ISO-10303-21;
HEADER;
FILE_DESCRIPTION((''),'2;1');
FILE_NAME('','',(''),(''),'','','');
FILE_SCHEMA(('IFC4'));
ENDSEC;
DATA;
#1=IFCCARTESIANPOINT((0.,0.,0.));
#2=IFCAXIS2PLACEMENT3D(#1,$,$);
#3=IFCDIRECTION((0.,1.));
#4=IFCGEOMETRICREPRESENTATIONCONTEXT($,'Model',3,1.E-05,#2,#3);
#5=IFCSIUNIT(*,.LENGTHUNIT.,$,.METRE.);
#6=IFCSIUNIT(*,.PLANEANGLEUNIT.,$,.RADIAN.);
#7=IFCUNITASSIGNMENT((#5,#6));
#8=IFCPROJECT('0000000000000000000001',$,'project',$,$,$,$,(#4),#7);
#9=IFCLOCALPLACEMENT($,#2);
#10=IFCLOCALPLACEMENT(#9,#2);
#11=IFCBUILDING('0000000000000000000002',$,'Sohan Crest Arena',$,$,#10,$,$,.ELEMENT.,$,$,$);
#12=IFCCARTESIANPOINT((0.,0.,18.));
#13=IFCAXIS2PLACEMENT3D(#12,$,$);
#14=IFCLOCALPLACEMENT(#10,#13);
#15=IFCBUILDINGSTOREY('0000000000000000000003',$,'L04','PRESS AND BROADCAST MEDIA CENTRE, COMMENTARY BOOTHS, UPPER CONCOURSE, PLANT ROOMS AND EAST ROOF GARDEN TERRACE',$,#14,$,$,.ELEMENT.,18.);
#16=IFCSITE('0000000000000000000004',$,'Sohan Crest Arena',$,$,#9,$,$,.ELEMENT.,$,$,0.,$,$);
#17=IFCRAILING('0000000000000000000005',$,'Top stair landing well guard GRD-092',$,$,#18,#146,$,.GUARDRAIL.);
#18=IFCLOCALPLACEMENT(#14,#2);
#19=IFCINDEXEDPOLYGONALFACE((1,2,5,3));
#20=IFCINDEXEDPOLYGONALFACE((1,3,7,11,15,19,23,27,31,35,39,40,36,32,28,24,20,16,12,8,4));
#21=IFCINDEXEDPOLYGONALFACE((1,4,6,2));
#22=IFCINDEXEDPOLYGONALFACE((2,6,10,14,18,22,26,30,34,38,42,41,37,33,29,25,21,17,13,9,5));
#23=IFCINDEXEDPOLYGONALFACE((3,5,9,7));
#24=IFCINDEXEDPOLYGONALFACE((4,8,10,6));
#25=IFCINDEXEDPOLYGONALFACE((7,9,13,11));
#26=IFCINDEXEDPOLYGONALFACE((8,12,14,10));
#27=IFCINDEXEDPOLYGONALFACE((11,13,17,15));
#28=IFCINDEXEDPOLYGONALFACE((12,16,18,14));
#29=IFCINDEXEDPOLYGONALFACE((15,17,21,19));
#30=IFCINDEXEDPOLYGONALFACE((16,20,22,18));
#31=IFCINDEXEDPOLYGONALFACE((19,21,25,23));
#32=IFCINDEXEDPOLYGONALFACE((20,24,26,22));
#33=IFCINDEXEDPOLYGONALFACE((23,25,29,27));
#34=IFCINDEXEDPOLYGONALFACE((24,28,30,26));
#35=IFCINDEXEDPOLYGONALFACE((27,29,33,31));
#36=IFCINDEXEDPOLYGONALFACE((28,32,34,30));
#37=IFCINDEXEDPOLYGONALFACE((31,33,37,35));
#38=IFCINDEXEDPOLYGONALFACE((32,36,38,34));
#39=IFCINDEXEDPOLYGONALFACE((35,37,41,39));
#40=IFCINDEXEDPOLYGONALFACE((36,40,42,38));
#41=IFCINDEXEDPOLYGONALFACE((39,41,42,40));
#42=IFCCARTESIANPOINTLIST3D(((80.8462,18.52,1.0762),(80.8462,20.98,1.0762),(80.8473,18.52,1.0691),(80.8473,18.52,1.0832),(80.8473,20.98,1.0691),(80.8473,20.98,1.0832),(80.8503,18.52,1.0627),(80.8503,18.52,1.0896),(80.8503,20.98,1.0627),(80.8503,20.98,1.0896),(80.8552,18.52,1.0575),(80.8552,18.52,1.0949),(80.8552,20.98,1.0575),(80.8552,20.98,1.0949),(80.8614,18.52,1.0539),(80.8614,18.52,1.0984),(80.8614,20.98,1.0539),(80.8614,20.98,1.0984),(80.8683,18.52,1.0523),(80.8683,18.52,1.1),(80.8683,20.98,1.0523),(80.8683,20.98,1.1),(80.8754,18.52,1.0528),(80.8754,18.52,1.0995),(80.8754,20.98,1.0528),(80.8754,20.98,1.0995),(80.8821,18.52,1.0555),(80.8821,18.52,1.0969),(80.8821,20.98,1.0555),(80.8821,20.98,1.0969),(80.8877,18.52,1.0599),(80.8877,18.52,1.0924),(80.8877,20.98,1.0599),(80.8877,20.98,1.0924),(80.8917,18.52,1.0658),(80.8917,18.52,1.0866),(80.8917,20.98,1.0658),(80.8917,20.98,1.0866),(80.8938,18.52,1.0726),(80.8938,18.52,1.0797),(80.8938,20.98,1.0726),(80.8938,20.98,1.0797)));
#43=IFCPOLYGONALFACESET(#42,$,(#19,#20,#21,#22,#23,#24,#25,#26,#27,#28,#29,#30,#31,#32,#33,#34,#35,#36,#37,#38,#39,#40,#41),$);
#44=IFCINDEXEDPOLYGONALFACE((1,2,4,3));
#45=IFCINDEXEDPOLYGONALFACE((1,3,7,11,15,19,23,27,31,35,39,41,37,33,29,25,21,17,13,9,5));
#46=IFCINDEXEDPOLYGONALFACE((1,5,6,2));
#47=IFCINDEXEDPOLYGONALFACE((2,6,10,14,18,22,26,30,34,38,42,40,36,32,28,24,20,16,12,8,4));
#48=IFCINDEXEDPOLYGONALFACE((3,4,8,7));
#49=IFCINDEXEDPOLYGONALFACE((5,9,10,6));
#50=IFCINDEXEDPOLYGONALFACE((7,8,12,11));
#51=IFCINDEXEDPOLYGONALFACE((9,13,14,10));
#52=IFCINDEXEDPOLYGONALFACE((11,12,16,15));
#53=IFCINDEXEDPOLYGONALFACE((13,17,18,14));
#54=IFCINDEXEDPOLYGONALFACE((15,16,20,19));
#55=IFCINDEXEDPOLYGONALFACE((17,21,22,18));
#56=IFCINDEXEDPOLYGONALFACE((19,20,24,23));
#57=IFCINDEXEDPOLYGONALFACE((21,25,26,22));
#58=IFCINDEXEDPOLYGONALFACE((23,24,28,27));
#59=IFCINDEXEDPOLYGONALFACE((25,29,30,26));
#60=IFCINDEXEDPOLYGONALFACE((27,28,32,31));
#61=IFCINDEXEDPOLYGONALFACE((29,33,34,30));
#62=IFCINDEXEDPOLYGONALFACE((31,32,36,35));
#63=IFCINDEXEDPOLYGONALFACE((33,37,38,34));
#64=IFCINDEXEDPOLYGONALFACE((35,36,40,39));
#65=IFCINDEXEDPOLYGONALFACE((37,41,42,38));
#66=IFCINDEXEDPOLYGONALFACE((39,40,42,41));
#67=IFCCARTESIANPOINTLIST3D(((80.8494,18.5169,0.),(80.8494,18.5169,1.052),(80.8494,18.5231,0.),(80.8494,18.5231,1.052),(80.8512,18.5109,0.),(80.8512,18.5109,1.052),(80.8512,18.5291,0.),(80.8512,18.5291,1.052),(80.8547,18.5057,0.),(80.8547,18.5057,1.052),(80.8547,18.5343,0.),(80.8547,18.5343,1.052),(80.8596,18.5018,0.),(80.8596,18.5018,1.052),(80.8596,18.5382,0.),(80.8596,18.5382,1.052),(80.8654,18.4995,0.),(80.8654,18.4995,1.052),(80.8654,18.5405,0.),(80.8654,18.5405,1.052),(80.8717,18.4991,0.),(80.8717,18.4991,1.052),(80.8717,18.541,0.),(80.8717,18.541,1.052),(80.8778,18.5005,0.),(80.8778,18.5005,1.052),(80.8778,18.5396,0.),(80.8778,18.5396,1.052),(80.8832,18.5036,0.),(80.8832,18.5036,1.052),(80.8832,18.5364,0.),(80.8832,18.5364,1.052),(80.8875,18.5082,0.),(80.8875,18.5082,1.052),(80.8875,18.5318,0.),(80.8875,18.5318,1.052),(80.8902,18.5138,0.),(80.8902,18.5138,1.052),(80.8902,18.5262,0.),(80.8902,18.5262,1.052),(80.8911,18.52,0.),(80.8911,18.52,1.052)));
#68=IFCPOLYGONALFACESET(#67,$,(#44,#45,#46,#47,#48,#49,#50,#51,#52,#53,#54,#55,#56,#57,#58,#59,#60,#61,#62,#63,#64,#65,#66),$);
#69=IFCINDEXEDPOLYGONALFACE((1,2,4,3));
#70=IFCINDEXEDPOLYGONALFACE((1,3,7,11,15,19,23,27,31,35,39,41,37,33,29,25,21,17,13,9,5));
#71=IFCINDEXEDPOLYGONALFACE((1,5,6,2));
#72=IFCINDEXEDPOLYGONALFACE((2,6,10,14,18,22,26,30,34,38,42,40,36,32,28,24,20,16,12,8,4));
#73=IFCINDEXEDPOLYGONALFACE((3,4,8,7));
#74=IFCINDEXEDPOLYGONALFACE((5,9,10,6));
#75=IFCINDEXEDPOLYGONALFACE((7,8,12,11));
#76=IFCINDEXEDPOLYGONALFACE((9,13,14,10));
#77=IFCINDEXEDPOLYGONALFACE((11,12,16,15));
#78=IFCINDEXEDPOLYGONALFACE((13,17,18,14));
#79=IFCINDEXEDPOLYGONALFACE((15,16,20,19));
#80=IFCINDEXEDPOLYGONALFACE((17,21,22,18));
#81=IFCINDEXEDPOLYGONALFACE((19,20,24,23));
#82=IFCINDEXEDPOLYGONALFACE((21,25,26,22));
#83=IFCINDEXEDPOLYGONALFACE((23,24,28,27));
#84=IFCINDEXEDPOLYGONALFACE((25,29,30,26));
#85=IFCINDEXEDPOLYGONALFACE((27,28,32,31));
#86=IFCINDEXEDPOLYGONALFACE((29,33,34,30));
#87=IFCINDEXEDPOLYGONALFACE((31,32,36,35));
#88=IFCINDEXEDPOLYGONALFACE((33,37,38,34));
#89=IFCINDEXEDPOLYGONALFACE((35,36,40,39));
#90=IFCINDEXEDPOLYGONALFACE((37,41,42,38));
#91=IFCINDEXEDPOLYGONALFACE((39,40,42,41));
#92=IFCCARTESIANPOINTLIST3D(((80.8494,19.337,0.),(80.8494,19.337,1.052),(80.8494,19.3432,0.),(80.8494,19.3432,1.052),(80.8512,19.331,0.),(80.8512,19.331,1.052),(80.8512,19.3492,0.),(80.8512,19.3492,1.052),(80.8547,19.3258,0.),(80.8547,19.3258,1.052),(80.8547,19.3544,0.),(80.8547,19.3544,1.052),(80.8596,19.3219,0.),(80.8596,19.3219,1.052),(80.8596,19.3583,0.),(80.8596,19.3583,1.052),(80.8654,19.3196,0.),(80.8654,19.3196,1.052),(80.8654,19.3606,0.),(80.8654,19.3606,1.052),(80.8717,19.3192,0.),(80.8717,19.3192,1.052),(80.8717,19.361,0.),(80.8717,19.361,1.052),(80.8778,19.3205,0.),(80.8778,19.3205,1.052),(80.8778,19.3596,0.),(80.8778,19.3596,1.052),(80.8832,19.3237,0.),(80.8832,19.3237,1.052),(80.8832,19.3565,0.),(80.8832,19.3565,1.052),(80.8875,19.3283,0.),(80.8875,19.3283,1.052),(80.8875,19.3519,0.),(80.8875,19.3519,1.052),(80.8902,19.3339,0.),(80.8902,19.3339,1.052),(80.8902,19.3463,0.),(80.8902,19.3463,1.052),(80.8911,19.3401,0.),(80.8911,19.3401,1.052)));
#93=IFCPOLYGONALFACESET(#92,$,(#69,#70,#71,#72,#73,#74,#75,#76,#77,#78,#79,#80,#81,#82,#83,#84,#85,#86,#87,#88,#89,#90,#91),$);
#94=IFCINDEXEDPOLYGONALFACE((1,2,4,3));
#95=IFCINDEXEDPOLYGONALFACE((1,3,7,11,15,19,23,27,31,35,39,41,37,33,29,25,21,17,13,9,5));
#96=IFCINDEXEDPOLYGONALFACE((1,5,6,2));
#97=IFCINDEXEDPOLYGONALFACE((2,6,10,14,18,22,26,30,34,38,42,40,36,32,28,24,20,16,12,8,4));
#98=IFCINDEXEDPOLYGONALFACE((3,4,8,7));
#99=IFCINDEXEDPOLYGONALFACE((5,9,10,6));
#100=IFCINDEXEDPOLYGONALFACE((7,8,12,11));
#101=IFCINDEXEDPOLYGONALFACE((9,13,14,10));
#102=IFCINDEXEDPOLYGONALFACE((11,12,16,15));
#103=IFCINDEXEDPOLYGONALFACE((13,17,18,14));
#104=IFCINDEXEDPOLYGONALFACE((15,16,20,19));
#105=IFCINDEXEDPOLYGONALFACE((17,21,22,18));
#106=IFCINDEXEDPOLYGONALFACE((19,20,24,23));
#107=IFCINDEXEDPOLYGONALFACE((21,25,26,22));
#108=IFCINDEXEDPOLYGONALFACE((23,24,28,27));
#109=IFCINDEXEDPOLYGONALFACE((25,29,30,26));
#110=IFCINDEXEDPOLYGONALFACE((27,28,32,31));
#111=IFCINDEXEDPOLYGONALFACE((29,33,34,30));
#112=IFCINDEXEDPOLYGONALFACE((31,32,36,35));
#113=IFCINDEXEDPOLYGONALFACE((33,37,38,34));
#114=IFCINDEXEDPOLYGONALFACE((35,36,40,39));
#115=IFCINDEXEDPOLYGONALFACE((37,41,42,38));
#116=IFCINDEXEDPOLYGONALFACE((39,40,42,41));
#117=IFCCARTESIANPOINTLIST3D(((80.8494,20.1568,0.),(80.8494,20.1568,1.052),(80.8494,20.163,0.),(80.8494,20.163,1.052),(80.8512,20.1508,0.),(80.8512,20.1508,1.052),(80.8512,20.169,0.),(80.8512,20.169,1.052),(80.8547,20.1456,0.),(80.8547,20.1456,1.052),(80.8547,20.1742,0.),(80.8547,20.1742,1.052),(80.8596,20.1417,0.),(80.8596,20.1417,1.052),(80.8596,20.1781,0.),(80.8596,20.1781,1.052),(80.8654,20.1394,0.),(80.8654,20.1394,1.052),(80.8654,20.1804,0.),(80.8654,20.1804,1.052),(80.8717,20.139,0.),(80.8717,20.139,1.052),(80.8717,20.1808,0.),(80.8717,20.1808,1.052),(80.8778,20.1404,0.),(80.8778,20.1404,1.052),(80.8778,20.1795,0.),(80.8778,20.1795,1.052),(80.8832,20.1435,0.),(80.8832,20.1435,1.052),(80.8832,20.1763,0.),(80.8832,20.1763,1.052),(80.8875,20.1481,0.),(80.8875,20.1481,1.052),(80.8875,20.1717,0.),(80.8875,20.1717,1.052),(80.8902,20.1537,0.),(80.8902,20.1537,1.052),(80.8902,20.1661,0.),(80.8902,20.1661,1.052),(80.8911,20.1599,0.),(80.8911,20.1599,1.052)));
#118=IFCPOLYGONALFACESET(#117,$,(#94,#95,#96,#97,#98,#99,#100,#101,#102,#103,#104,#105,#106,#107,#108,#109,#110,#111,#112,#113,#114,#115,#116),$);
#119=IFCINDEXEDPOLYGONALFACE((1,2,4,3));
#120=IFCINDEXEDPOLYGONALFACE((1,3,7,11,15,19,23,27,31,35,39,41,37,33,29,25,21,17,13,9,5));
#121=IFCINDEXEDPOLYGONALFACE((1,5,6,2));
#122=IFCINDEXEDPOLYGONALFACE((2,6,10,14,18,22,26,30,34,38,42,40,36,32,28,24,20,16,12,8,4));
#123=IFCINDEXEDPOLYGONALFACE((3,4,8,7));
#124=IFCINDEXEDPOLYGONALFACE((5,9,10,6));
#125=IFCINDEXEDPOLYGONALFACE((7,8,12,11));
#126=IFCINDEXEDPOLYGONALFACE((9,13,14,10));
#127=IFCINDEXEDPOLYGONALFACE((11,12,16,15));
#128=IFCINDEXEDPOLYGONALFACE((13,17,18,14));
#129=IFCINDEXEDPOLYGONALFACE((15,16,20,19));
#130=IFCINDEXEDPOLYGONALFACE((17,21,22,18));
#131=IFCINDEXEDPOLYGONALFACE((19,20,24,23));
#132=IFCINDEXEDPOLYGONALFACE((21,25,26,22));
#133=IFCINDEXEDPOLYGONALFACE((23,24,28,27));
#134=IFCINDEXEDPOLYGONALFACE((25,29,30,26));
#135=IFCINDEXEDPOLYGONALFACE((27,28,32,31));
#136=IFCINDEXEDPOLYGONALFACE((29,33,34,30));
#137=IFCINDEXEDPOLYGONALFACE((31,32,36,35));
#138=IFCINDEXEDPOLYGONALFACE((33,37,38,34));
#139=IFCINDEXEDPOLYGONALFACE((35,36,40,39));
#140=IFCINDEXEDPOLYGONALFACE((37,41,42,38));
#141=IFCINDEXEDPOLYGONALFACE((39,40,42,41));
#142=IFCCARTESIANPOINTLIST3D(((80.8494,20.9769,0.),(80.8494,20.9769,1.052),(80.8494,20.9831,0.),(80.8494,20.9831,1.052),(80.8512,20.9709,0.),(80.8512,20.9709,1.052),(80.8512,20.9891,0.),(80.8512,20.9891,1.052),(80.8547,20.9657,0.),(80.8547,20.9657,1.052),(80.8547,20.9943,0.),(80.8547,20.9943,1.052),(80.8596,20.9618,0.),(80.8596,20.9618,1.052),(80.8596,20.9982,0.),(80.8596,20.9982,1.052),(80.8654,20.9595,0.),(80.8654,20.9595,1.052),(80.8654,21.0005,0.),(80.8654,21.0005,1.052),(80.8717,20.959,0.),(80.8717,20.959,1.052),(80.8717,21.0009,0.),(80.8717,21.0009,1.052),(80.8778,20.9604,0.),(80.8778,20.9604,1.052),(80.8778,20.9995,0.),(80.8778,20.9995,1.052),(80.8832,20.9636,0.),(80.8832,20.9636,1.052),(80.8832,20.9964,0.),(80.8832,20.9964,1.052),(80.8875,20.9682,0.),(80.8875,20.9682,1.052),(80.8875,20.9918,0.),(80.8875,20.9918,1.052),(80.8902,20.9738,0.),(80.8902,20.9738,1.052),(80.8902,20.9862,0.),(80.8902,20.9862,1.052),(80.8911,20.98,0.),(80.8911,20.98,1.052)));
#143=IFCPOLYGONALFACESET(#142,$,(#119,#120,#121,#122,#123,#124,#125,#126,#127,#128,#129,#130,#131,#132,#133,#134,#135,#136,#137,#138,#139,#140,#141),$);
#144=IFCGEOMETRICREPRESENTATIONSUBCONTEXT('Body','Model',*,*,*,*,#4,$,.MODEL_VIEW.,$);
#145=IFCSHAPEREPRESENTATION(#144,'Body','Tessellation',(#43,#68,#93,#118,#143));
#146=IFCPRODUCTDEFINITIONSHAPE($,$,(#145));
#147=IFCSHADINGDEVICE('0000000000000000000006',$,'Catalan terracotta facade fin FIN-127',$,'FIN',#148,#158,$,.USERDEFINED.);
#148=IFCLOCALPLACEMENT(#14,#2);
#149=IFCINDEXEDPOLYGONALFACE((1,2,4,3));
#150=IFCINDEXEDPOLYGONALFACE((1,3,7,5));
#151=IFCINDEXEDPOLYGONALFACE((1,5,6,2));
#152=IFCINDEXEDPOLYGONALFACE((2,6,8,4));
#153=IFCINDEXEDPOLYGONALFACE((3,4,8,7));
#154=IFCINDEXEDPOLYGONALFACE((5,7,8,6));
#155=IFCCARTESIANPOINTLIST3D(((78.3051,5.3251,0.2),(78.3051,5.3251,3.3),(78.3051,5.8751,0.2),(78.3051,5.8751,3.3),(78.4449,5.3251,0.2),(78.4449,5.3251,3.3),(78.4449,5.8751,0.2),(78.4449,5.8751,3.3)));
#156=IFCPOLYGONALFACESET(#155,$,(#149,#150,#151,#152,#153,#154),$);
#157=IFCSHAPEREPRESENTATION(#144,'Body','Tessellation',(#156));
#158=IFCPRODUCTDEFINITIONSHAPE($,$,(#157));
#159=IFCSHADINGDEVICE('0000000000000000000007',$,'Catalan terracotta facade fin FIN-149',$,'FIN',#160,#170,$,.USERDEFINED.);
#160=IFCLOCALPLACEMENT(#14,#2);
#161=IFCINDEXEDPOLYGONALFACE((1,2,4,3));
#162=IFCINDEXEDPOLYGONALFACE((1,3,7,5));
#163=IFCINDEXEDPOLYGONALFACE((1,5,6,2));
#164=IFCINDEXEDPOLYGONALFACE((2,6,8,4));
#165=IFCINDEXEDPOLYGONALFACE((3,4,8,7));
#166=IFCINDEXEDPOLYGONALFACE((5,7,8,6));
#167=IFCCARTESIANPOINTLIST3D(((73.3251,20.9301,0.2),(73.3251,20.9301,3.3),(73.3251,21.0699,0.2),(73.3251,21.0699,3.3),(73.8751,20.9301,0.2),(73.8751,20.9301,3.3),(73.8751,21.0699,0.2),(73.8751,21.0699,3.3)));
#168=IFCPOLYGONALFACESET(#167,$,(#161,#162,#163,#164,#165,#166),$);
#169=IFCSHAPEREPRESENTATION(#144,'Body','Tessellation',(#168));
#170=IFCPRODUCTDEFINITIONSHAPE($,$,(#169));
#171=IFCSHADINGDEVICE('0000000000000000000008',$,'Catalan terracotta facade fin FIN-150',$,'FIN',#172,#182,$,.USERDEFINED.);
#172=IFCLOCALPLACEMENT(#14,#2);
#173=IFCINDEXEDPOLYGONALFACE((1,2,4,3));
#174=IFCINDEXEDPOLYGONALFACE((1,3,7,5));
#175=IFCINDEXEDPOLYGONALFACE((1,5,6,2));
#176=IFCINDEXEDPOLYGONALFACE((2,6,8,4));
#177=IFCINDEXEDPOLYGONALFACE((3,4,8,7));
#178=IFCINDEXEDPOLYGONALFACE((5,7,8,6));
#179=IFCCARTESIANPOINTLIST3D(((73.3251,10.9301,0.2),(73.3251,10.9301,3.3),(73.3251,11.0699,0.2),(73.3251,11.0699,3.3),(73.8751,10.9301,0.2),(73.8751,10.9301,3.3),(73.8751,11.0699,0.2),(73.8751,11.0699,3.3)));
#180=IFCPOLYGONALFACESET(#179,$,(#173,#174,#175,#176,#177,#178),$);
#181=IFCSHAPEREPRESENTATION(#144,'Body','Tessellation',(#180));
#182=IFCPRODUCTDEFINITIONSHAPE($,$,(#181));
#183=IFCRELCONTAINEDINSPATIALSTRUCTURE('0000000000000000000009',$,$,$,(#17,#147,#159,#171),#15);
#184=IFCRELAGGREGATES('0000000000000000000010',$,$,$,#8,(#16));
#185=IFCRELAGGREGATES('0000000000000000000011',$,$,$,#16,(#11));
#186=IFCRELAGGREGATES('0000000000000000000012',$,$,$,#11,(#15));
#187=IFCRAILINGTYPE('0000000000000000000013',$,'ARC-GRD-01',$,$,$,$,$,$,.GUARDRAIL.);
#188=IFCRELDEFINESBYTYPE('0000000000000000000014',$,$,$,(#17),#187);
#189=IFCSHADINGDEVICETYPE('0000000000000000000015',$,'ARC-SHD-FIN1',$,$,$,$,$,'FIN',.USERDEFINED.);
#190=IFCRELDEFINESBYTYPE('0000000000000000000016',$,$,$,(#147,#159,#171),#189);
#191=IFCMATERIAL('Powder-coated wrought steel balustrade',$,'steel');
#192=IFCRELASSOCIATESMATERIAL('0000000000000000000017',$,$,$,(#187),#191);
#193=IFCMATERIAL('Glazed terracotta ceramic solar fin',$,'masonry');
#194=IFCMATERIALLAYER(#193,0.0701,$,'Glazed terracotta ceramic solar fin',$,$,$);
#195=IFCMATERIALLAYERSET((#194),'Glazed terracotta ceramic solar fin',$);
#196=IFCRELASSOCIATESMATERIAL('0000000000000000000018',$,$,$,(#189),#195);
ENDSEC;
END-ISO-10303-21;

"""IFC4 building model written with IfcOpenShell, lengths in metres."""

from ifc_helpers import new_model, si_unit, direction, frame, origin, origin_2d, place, context, subcontext, project, spatial, rectangle, circle, extrude, material, layer, layer_set, type_object, element, save


model = new_model("IFC4")

# Units and contexts
model_context = context("Model", 3, precision=1e-05, world=origin(), true_north=direction((0.0, 1.0)))
body_context = subcontext(model_context, "Body", "Model", "MODEL_VIEW")
ifc_project = project(units=[si_unit("LENGTHUNIT", "METRE"), si_unit("PLANEANGLEUNIT", "RADIAN")], contexts=[model_context])

# Site, building, storey
site_placement = place(None, origin())
site = spatial("IfcSite", under=ifc_project, at=site_placement, Name="Sohan Crest Arena", CompositionType="ELEMENT", RefElevation=0.0)
building_placement = place(site_placement, origin())
building = spatial("IfcBuilding", under=site, at=building_placement, Name="Sohan Crest Arena", CompositionType="ELEMENT")
storey_placement = place(building_placement, frame((0.0, 0.0, 18.0)))
storey = spatial("IfcBuildingStorey", under=building, at=storey_placement, Name="L04", Description="PRESS AND BROADCAST MEDIA CENTRE, COMMENTARY BOOTHS, UPPER CONCOURSE, PLANT ROOMS AND EAST ROOF GARDEN TERRACE", CompositionType="ELEMENT", Elevation=18.0)

# Railing
ifc_material_1 = material(Name="Powder-coated wrought steel balustrade", Category="steel")
railing_type = type_object("IfcRailingType", Name="ARC-GRD-01", PredefinedType="GUARDRAIL", material=ifc_material_1)
railing_placement = place(storey_placement, frame((80.8701, 18.52, 0.0)))
element("IfcRailing", 1, at=railing_placement, inside=storey, type_object=railing_type, Name="Top stair landing well guard GRD-092", PredefinedType="GUARDRAIL", context=body_context, shape_type="SweptSolid", body=[
    extrude(circle(Radius=0.0239, at=origin_2d()), frame((0.0, 0.0, 1.0762), z_axis=(0.0, 1.0, 0.0), x_axis=(-1.0, 0.0, 0.0)), (0.0, 0.0, 1.0), 2.46),
    extrude(circle(Radius=0.021, at=origin_2d()), origin(), (0.0, 0.0, 1.0), 1.052),
    extrude(circle(Radius=0.021, at=origin_2d()), frame((0.0, 0.8201, 0.0)), (0.0, 0.0, 1.0), 1.052),
    extrude(circle(Radius=0.021, at=origin_2d()), frame((0.0, 1.6399, 0.0)), (0.0, 0.0, 1.0), 1.052),
    extrude(circle(Radius=0.021, at=origin_2d()), frame((0.0, 2.46, 0.0)), (0.0, 0.0, 1.0), 1.052),
])

# Shading devices
ifc_material_2 = material(Name="Glazed terracotta ceramic solar fin", Category="masonry")
ifc_layer_1 = layer(ifc_material_2, 0.0701, Name="Glazed terracotta ceramic solar fin")
ifc_layer_set_1 = layer_set([ifc_layer_1], Name="Glazed terracotta ceramic solar fin")
shading_device_type = type_object("IfcShadingDeviceType", Name="ARC-SHD-FIN1", ElementType="FIN", PredefinedType="USERDEFINED", material=ifc_layer_set_1)
for number, where, z_axis, x_axis, name in (
    (2, (78.375, 5.6001, 0.2), (0.0, 0.0, 1.0), (1.0, 0.0, 0.0), "Catalan terracotta facade fin FIN-127"),
    (3, (73.6001, 21.0, 0.2), (0.0, 0.0, 1.0), (0.0, -1.0, 0.0), "Catalan terracotta facade fin FIN-149"),
    (4, (73.6001, 11.0, 0.2), (0.0, 0.0, 1.0), (0.0, -1.0, 0.0), "Catalan terracotta facade fin FIN-150"),
):
    element("IfcShadingDevice", number, at=place(storey_placement, frame(where, z_axis=z_axis, x_axis=x_axis)), inside=storey, type_object=shading_device_type, Name=name, ObjectType="FIN", PredefinedType="USERDEFINED", context=body_context, shape_type="SweptSolid", body=[
        extrude(rectangle(XDim=0.1399, YDim=0.55, at=origin_2d()), origin(), (0.0, 0.0, 1.0), 3.1001),
    ])

save(model, "model.ifc")
